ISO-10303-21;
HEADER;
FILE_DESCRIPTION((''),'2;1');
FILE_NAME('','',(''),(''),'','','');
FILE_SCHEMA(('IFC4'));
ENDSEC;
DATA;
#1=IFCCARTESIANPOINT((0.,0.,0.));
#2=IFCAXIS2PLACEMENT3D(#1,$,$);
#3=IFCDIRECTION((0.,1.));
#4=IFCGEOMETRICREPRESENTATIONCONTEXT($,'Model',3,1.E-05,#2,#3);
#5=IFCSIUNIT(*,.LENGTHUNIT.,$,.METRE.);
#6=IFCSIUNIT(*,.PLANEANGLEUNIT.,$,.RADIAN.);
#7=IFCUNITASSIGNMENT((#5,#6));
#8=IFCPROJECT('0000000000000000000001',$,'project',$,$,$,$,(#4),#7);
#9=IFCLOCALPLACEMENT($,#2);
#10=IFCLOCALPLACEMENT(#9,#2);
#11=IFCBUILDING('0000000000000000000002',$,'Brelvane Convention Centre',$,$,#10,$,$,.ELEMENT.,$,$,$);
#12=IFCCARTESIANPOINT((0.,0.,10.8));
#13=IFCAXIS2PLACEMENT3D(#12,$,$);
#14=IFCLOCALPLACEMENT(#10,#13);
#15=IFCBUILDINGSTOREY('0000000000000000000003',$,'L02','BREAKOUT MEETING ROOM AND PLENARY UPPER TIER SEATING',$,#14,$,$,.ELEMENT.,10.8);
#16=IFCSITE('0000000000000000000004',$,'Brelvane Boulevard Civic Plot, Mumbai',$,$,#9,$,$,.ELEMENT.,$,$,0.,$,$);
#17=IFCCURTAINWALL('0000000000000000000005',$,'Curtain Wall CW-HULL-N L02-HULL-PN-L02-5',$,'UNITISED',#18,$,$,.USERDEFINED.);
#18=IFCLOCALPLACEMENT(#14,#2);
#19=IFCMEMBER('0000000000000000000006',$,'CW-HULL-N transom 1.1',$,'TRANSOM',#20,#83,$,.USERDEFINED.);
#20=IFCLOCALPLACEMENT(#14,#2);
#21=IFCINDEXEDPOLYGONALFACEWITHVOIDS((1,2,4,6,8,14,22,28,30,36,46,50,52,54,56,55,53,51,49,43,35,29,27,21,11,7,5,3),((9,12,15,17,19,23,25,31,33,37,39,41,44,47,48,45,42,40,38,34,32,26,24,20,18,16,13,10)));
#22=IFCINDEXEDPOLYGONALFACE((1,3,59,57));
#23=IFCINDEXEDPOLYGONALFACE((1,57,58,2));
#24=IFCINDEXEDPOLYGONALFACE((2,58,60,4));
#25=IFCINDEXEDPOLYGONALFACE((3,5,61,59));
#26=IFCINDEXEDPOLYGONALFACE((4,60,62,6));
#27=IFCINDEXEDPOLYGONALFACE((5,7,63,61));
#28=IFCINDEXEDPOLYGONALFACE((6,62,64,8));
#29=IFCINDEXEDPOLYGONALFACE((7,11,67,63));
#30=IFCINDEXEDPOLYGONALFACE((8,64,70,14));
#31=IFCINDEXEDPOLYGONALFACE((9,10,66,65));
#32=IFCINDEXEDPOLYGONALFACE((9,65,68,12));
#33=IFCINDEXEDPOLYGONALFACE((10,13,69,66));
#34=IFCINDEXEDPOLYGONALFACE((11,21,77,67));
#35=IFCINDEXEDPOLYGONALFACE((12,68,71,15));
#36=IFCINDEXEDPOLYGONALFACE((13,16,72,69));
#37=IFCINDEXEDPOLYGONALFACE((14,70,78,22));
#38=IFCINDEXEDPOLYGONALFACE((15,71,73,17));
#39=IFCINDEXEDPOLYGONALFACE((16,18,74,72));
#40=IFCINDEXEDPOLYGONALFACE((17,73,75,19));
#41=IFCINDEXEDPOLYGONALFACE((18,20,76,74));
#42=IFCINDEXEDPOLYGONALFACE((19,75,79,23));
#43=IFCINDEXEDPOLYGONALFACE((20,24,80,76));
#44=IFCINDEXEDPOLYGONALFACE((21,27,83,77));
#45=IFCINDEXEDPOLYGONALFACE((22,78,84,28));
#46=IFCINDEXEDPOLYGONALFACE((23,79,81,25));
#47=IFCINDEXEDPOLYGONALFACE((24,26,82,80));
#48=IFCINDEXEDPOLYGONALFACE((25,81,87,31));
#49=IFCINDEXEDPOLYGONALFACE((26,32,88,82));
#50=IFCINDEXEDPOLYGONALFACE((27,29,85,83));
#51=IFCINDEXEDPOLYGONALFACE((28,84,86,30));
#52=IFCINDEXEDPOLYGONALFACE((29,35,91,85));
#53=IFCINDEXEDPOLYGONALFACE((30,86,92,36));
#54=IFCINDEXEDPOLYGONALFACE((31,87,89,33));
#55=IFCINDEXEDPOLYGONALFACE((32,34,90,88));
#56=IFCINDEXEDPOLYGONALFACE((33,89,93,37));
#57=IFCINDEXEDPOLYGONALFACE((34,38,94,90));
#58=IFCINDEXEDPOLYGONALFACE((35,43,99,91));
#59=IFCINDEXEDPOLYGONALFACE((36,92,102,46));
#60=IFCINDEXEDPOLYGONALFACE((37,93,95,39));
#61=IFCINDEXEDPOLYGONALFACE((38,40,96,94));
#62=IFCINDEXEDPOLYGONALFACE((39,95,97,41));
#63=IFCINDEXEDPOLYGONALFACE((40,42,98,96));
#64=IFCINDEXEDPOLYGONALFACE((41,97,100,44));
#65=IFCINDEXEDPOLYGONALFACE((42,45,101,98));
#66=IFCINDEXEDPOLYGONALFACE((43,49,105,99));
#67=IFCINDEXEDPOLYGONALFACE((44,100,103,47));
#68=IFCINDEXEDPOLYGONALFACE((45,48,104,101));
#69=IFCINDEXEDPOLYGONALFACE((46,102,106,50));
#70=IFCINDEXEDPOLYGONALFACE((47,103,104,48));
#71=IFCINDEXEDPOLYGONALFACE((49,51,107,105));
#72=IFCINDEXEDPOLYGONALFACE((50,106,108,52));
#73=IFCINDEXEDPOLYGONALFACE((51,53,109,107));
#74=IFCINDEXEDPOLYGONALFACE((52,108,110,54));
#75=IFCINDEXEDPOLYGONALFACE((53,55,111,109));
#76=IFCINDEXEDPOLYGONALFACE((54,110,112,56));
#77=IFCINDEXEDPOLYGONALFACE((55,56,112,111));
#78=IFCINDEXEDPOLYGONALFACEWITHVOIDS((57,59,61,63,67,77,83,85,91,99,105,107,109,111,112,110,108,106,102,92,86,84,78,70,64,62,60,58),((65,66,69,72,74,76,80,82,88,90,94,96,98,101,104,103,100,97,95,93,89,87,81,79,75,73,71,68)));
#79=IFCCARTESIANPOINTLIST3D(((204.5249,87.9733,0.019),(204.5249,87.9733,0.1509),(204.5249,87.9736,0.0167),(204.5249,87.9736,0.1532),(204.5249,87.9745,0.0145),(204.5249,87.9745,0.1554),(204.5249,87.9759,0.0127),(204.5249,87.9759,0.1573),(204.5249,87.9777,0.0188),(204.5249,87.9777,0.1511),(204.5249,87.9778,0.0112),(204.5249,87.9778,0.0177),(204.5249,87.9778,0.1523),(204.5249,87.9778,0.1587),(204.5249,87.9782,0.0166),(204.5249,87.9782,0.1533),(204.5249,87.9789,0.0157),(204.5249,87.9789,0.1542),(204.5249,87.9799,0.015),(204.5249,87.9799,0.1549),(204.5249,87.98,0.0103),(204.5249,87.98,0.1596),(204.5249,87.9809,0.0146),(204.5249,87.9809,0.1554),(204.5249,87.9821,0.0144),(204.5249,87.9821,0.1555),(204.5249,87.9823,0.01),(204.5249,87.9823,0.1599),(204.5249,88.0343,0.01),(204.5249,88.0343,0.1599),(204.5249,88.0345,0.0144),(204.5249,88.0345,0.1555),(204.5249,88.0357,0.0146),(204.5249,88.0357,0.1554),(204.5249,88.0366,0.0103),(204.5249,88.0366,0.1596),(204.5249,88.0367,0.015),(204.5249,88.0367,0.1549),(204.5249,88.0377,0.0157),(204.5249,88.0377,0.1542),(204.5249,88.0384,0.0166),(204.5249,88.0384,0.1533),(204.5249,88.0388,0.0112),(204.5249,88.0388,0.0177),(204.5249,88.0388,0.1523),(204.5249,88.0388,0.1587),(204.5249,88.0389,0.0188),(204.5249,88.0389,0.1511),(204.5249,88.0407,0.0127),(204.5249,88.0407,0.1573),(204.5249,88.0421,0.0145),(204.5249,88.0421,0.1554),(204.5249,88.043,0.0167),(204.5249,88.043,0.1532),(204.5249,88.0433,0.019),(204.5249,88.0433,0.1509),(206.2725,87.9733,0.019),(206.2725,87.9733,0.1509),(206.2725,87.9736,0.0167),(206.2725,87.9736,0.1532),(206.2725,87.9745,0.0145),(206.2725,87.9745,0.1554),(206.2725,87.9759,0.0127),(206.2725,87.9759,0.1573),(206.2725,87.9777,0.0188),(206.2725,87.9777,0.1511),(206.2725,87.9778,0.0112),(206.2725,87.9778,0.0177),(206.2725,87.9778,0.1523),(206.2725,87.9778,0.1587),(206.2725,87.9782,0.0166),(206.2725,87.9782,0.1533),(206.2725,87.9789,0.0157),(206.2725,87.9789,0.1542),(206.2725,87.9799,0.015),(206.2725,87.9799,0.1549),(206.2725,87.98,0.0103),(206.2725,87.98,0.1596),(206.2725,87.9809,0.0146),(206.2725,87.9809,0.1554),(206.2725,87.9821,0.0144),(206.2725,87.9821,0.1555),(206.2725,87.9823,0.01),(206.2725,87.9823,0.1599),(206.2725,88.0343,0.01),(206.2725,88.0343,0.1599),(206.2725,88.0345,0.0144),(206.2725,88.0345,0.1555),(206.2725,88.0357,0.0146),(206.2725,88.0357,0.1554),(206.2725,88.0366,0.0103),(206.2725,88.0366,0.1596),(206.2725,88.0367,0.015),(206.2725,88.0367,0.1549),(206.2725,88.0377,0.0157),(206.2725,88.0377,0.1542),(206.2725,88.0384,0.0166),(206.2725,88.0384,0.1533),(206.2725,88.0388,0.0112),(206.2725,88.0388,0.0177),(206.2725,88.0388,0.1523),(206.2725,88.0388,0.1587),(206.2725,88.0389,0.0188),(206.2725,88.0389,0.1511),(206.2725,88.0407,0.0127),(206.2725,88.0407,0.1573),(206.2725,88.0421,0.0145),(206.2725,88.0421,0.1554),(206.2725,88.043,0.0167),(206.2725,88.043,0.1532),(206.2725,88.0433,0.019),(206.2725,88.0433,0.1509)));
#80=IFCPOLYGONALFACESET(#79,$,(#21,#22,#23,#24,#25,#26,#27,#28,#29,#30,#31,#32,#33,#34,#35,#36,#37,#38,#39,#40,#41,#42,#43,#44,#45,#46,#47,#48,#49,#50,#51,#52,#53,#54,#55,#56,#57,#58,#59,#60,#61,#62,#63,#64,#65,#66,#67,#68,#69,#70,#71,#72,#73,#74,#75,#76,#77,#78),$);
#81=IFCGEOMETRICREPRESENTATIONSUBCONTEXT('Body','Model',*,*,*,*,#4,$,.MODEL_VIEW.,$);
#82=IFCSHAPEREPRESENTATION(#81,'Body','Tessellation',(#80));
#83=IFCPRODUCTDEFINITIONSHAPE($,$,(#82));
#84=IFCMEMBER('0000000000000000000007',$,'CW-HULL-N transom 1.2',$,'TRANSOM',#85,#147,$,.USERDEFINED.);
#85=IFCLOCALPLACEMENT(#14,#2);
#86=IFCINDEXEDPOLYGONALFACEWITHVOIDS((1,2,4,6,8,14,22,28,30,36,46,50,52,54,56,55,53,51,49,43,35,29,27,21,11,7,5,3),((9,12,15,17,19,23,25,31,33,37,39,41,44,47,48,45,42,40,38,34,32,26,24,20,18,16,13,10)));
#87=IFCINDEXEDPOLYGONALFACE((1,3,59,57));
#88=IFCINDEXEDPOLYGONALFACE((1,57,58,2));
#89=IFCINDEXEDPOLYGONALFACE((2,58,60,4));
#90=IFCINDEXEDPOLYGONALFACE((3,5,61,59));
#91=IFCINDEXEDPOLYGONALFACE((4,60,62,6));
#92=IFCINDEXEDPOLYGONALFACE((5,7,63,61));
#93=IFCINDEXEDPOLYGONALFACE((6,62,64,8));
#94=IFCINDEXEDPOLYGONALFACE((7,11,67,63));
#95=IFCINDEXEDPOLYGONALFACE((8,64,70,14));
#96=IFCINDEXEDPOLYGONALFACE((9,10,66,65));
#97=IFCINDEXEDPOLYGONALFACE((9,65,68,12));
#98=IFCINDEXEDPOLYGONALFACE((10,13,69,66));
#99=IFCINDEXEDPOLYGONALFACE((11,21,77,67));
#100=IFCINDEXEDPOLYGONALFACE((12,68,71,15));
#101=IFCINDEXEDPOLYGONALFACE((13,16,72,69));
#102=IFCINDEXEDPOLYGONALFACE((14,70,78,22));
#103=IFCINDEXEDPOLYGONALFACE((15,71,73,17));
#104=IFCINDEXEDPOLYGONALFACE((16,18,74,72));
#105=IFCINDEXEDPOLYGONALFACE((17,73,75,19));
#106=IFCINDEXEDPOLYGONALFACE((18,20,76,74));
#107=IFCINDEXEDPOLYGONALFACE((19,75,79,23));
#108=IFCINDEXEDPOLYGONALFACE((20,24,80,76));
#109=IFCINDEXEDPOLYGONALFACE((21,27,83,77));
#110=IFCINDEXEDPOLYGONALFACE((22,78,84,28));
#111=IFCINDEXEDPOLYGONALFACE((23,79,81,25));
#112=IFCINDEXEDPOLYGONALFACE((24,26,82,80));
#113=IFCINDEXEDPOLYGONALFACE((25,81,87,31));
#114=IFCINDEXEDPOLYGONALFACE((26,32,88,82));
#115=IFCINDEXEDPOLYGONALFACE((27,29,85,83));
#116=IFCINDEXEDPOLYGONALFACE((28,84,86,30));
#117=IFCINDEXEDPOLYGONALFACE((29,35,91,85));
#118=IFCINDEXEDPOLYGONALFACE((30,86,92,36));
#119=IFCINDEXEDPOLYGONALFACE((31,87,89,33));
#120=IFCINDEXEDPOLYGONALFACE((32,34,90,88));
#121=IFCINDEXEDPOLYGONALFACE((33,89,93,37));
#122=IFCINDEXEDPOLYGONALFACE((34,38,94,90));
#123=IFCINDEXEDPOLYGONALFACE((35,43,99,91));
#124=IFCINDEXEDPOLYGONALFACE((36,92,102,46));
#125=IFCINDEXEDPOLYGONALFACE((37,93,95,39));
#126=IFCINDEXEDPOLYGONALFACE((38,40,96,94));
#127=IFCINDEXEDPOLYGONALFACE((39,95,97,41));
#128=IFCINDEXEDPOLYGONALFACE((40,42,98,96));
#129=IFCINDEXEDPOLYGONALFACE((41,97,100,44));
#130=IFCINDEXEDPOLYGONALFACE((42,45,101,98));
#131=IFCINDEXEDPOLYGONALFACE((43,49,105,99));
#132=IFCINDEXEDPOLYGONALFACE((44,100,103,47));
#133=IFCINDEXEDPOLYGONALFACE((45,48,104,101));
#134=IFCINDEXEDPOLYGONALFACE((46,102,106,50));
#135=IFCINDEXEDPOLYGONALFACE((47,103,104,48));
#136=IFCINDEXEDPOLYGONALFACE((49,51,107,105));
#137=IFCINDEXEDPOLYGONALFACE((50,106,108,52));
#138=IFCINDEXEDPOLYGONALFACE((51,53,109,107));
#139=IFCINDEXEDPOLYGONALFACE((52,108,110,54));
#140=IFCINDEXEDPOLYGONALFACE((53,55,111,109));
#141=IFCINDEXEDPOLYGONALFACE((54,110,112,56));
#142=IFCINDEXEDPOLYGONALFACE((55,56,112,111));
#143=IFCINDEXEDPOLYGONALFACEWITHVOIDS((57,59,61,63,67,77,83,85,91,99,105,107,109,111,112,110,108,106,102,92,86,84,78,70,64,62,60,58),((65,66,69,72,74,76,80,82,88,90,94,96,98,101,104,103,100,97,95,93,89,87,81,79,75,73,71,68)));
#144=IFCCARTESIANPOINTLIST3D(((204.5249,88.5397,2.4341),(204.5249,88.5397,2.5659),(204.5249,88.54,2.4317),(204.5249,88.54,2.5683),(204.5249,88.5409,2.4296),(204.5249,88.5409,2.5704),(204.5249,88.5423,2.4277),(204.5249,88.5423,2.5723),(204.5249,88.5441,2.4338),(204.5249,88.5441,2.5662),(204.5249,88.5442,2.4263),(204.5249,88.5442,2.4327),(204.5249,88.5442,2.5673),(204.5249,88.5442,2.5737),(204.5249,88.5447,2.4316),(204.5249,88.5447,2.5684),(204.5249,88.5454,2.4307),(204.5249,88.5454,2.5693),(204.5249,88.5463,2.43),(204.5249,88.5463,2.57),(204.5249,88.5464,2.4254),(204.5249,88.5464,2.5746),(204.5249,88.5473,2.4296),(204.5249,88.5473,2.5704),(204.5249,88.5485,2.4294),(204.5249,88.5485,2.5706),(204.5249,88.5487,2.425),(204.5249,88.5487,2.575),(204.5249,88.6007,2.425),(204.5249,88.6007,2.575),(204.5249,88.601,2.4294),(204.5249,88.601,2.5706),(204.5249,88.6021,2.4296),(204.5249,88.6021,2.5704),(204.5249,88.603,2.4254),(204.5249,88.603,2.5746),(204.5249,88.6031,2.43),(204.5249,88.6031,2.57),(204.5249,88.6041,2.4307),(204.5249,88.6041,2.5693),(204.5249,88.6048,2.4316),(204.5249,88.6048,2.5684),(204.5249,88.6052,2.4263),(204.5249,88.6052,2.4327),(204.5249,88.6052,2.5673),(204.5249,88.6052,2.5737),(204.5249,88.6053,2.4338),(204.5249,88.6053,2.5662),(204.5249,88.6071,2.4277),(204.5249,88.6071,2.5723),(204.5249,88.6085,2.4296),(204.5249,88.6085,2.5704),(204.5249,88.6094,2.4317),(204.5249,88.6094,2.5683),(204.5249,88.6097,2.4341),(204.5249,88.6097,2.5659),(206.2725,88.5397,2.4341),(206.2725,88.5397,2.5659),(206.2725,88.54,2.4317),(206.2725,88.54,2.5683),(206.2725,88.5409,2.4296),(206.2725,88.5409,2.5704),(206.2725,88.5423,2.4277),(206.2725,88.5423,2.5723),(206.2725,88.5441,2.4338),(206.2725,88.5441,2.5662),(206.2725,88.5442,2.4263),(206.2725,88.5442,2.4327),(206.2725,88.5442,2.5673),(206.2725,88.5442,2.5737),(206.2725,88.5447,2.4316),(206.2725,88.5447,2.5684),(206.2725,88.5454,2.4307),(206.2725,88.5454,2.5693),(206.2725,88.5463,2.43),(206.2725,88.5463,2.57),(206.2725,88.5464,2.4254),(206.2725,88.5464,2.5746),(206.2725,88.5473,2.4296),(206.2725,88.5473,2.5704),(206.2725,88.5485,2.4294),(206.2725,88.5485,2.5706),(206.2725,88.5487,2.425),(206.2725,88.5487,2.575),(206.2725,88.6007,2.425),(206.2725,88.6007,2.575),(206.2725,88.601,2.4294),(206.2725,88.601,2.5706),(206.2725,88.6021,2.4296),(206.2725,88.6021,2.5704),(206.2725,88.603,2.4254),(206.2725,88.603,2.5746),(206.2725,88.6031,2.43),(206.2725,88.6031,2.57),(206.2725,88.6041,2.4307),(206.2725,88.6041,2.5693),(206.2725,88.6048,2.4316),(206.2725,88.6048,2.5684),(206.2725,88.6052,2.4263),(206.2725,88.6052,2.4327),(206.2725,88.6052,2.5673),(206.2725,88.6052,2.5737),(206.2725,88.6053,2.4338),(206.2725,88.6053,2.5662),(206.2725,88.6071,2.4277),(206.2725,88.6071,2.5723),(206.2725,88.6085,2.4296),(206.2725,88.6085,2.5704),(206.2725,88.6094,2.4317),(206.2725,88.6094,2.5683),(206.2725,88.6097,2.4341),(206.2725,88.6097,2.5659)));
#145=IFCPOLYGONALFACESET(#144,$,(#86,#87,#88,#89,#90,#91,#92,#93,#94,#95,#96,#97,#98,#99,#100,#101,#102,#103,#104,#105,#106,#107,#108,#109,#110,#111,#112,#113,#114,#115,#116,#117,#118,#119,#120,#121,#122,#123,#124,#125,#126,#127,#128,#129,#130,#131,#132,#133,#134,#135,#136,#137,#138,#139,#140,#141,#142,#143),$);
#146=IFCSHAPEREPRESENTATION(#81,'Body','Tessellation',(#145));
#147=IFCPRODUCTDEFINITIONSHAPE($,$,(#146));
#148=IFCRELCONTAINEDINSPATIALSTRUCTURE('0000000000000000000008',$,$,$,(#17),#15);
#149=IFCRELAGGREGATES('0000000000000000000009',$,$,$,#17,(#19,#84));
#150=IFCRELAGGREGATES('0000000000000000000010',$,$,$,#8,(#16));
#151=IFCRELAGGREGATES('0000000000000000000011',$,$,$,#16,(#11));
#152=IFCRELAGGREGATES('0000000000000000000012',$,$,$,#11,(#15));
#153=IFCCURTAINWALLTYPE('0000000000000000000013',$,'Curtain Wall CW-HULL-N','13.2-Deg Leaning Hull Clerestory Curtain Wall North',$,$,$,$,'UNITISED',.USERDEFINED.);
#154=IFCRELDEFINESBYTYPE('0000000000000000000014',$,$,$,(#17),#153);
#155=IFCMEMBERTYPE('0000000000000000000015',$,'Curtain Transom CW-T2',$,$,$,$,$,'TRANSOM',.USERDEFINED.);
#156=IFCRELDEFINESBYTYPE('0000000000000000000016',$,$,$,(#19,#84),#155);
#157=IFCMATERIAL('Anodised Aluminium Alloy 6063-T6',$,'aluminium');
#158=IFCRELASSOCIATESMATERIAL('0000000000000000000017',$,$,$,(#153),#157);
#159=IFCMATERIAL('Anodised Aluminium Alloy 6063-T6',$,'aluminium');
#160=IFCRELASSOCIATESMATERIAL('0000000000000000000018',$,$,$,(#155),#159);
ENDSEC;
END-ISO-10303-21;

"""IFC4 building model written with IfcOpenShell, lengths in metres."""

from ifc_helpers import new_model, si_unit, direction, frame, origin, origin_2d, place, context, subcontext, project, spatial, hollow_rectangle, extrude, material, material_profile, profile_set, type_object, element, aggregate, save


model = new_model("IFC4")

# Units and contexts
model_context = context("Model", 3, precision=1e-05, world=origin(), true_north=direction((0.0, 1.0)))
body_context = subcontext(model_context, "Body", "Model", "MODEL_VIEW")
ifc_project = project(units=[si_unit("LENGTHUNIT", "METRE"), si_unit("PLANEANGLEUNIT", "RADIAN")], contexts=[model_context])

# Site, building, storey
site_placement = place(None, origin())
site = spatial("IfcSite", under=ifc_project, at=site_placement, Name="Brelvane Boulevard Civic Plot, Mumbai", CompositionType="ELEMENT", RefElevation=0.0)
building_placement = place(site_placement, origin())
building = spatial("IfcBuilding", under=site, at=building_placement, Name="Brelvane Convention Centre", CompositionType="ELEMENT")
storey_placement = place(building_placement, frame((0.0, 0.0, 10.8)))
storey = spatial("IfcBuildingStorey", under=building, at=storey_placement, Name="L02", Description="BREAKOUT MEETING ROOM AND PLENARY UPPER TIER SEATING", CompositionType="ELEMENT", Elevation=10.8)

# Curtain wall
ifc_material_1 = material(Name="Anodised Aluminium Alloy 6063-T6", Category="aluminium")
curtain_wall_type = type_object("IfcCurtainWallType", Name="Curtain Wall CW-HULL-N", Description="13.2-Deg Leaning Hull Clerestory Curtain Wall North", ElementType="UNITISED", PredefinedType="USERDEFINED", material=ifc_material_1)
curtain_wall_1_placement = place(storey_placement, origin())
curtain_wall_1 = element("IfcCurtainWall", 1, at=curtain_wall_1_placement, inside=storey, type_object=curtain_wall_type, Name="Curtain Wall CW-HULL-N L02-HULL-PN-L02-5", ObjectType="UNITISED", PredefinedType="USERDEFINED")

# Members
ifc_material_2 = material(Name="Anodised Aluminium Alloy 6063-T6", Category="aluminium")
ifc_material_profile_1 = material_profile(ifc_material_2, hollow_rectangle(XDim=0.0701, YDim=0.1499, WallThickness=0.0044, InnerFilletRadius=0.0044, OuterFilletRadius=0.009, at=origin_2d()), Name="ALU-T 150x70x4.5")
ifc_profile_set_1 = profile_set([ifc_material_profile_1], Name="Anodised Aluminium Alloy 6063-T6")
member_type_1 = type_object("IfcMemberType", Name="Curtain Transom CW-T2", ElementType="TRANSOM", PredefinedType="USERDEFINED", material=ifc_profile_set_1)
member_1_placement = place(storey_placement, frame((204.5249, 88.0083, 0.085), z_axis=(1.0, 0.0, 0.0), x_axis=(0.0, 1.0, 0.0)))
member_1 = element("IfcMember", 2, at=member_1_placement, type_object=member_type_1, Name="CW-HULL-N transom 1.1", ObjectType="TRANSOM", PredefinedType="USERDEFINED", context=body_context, shape_type="SweptSolid", body=[
    extrude(hollow_rectangle(XDim=0.0701, YDim=0.1499, WallThickness=0.0044, InnerFilletRadius=0.0044, OuterFilletRadius=0.009, at=origin_2d()), origin(), (0.0, 0.0, 1.0), 1.7476),
])
member_2_placement = place(storey_placement, frame((204.5249, 88.5747, 2.5), z_axis=(1.0, 0.0, 0.0), x_axis=(0.0, 1.0, 0.0)))
member_2 = element("IfcMember", 3, at=member_2_placement, type_object=member_type_1, Name="CW-HULL-N transom 1.2", ObjectType="TRANSOM", PredefinedType="USERDEFINED", context=body_context, shape_type="SweptSolid", body=[
    extrude(hollow_rectangle(XDim=0.0701, YDim=0.1499, WallThickness=0.0044, InnerFilletRadius=0.0044, OuterFilletRadius=0.009, at=origin_2d()), origin(), (0.0, 0.0, 1.0), 1.7476),
])

aggregate(curtain_wall_1, [member_1, member_2])

save(model, "model.ifc")
